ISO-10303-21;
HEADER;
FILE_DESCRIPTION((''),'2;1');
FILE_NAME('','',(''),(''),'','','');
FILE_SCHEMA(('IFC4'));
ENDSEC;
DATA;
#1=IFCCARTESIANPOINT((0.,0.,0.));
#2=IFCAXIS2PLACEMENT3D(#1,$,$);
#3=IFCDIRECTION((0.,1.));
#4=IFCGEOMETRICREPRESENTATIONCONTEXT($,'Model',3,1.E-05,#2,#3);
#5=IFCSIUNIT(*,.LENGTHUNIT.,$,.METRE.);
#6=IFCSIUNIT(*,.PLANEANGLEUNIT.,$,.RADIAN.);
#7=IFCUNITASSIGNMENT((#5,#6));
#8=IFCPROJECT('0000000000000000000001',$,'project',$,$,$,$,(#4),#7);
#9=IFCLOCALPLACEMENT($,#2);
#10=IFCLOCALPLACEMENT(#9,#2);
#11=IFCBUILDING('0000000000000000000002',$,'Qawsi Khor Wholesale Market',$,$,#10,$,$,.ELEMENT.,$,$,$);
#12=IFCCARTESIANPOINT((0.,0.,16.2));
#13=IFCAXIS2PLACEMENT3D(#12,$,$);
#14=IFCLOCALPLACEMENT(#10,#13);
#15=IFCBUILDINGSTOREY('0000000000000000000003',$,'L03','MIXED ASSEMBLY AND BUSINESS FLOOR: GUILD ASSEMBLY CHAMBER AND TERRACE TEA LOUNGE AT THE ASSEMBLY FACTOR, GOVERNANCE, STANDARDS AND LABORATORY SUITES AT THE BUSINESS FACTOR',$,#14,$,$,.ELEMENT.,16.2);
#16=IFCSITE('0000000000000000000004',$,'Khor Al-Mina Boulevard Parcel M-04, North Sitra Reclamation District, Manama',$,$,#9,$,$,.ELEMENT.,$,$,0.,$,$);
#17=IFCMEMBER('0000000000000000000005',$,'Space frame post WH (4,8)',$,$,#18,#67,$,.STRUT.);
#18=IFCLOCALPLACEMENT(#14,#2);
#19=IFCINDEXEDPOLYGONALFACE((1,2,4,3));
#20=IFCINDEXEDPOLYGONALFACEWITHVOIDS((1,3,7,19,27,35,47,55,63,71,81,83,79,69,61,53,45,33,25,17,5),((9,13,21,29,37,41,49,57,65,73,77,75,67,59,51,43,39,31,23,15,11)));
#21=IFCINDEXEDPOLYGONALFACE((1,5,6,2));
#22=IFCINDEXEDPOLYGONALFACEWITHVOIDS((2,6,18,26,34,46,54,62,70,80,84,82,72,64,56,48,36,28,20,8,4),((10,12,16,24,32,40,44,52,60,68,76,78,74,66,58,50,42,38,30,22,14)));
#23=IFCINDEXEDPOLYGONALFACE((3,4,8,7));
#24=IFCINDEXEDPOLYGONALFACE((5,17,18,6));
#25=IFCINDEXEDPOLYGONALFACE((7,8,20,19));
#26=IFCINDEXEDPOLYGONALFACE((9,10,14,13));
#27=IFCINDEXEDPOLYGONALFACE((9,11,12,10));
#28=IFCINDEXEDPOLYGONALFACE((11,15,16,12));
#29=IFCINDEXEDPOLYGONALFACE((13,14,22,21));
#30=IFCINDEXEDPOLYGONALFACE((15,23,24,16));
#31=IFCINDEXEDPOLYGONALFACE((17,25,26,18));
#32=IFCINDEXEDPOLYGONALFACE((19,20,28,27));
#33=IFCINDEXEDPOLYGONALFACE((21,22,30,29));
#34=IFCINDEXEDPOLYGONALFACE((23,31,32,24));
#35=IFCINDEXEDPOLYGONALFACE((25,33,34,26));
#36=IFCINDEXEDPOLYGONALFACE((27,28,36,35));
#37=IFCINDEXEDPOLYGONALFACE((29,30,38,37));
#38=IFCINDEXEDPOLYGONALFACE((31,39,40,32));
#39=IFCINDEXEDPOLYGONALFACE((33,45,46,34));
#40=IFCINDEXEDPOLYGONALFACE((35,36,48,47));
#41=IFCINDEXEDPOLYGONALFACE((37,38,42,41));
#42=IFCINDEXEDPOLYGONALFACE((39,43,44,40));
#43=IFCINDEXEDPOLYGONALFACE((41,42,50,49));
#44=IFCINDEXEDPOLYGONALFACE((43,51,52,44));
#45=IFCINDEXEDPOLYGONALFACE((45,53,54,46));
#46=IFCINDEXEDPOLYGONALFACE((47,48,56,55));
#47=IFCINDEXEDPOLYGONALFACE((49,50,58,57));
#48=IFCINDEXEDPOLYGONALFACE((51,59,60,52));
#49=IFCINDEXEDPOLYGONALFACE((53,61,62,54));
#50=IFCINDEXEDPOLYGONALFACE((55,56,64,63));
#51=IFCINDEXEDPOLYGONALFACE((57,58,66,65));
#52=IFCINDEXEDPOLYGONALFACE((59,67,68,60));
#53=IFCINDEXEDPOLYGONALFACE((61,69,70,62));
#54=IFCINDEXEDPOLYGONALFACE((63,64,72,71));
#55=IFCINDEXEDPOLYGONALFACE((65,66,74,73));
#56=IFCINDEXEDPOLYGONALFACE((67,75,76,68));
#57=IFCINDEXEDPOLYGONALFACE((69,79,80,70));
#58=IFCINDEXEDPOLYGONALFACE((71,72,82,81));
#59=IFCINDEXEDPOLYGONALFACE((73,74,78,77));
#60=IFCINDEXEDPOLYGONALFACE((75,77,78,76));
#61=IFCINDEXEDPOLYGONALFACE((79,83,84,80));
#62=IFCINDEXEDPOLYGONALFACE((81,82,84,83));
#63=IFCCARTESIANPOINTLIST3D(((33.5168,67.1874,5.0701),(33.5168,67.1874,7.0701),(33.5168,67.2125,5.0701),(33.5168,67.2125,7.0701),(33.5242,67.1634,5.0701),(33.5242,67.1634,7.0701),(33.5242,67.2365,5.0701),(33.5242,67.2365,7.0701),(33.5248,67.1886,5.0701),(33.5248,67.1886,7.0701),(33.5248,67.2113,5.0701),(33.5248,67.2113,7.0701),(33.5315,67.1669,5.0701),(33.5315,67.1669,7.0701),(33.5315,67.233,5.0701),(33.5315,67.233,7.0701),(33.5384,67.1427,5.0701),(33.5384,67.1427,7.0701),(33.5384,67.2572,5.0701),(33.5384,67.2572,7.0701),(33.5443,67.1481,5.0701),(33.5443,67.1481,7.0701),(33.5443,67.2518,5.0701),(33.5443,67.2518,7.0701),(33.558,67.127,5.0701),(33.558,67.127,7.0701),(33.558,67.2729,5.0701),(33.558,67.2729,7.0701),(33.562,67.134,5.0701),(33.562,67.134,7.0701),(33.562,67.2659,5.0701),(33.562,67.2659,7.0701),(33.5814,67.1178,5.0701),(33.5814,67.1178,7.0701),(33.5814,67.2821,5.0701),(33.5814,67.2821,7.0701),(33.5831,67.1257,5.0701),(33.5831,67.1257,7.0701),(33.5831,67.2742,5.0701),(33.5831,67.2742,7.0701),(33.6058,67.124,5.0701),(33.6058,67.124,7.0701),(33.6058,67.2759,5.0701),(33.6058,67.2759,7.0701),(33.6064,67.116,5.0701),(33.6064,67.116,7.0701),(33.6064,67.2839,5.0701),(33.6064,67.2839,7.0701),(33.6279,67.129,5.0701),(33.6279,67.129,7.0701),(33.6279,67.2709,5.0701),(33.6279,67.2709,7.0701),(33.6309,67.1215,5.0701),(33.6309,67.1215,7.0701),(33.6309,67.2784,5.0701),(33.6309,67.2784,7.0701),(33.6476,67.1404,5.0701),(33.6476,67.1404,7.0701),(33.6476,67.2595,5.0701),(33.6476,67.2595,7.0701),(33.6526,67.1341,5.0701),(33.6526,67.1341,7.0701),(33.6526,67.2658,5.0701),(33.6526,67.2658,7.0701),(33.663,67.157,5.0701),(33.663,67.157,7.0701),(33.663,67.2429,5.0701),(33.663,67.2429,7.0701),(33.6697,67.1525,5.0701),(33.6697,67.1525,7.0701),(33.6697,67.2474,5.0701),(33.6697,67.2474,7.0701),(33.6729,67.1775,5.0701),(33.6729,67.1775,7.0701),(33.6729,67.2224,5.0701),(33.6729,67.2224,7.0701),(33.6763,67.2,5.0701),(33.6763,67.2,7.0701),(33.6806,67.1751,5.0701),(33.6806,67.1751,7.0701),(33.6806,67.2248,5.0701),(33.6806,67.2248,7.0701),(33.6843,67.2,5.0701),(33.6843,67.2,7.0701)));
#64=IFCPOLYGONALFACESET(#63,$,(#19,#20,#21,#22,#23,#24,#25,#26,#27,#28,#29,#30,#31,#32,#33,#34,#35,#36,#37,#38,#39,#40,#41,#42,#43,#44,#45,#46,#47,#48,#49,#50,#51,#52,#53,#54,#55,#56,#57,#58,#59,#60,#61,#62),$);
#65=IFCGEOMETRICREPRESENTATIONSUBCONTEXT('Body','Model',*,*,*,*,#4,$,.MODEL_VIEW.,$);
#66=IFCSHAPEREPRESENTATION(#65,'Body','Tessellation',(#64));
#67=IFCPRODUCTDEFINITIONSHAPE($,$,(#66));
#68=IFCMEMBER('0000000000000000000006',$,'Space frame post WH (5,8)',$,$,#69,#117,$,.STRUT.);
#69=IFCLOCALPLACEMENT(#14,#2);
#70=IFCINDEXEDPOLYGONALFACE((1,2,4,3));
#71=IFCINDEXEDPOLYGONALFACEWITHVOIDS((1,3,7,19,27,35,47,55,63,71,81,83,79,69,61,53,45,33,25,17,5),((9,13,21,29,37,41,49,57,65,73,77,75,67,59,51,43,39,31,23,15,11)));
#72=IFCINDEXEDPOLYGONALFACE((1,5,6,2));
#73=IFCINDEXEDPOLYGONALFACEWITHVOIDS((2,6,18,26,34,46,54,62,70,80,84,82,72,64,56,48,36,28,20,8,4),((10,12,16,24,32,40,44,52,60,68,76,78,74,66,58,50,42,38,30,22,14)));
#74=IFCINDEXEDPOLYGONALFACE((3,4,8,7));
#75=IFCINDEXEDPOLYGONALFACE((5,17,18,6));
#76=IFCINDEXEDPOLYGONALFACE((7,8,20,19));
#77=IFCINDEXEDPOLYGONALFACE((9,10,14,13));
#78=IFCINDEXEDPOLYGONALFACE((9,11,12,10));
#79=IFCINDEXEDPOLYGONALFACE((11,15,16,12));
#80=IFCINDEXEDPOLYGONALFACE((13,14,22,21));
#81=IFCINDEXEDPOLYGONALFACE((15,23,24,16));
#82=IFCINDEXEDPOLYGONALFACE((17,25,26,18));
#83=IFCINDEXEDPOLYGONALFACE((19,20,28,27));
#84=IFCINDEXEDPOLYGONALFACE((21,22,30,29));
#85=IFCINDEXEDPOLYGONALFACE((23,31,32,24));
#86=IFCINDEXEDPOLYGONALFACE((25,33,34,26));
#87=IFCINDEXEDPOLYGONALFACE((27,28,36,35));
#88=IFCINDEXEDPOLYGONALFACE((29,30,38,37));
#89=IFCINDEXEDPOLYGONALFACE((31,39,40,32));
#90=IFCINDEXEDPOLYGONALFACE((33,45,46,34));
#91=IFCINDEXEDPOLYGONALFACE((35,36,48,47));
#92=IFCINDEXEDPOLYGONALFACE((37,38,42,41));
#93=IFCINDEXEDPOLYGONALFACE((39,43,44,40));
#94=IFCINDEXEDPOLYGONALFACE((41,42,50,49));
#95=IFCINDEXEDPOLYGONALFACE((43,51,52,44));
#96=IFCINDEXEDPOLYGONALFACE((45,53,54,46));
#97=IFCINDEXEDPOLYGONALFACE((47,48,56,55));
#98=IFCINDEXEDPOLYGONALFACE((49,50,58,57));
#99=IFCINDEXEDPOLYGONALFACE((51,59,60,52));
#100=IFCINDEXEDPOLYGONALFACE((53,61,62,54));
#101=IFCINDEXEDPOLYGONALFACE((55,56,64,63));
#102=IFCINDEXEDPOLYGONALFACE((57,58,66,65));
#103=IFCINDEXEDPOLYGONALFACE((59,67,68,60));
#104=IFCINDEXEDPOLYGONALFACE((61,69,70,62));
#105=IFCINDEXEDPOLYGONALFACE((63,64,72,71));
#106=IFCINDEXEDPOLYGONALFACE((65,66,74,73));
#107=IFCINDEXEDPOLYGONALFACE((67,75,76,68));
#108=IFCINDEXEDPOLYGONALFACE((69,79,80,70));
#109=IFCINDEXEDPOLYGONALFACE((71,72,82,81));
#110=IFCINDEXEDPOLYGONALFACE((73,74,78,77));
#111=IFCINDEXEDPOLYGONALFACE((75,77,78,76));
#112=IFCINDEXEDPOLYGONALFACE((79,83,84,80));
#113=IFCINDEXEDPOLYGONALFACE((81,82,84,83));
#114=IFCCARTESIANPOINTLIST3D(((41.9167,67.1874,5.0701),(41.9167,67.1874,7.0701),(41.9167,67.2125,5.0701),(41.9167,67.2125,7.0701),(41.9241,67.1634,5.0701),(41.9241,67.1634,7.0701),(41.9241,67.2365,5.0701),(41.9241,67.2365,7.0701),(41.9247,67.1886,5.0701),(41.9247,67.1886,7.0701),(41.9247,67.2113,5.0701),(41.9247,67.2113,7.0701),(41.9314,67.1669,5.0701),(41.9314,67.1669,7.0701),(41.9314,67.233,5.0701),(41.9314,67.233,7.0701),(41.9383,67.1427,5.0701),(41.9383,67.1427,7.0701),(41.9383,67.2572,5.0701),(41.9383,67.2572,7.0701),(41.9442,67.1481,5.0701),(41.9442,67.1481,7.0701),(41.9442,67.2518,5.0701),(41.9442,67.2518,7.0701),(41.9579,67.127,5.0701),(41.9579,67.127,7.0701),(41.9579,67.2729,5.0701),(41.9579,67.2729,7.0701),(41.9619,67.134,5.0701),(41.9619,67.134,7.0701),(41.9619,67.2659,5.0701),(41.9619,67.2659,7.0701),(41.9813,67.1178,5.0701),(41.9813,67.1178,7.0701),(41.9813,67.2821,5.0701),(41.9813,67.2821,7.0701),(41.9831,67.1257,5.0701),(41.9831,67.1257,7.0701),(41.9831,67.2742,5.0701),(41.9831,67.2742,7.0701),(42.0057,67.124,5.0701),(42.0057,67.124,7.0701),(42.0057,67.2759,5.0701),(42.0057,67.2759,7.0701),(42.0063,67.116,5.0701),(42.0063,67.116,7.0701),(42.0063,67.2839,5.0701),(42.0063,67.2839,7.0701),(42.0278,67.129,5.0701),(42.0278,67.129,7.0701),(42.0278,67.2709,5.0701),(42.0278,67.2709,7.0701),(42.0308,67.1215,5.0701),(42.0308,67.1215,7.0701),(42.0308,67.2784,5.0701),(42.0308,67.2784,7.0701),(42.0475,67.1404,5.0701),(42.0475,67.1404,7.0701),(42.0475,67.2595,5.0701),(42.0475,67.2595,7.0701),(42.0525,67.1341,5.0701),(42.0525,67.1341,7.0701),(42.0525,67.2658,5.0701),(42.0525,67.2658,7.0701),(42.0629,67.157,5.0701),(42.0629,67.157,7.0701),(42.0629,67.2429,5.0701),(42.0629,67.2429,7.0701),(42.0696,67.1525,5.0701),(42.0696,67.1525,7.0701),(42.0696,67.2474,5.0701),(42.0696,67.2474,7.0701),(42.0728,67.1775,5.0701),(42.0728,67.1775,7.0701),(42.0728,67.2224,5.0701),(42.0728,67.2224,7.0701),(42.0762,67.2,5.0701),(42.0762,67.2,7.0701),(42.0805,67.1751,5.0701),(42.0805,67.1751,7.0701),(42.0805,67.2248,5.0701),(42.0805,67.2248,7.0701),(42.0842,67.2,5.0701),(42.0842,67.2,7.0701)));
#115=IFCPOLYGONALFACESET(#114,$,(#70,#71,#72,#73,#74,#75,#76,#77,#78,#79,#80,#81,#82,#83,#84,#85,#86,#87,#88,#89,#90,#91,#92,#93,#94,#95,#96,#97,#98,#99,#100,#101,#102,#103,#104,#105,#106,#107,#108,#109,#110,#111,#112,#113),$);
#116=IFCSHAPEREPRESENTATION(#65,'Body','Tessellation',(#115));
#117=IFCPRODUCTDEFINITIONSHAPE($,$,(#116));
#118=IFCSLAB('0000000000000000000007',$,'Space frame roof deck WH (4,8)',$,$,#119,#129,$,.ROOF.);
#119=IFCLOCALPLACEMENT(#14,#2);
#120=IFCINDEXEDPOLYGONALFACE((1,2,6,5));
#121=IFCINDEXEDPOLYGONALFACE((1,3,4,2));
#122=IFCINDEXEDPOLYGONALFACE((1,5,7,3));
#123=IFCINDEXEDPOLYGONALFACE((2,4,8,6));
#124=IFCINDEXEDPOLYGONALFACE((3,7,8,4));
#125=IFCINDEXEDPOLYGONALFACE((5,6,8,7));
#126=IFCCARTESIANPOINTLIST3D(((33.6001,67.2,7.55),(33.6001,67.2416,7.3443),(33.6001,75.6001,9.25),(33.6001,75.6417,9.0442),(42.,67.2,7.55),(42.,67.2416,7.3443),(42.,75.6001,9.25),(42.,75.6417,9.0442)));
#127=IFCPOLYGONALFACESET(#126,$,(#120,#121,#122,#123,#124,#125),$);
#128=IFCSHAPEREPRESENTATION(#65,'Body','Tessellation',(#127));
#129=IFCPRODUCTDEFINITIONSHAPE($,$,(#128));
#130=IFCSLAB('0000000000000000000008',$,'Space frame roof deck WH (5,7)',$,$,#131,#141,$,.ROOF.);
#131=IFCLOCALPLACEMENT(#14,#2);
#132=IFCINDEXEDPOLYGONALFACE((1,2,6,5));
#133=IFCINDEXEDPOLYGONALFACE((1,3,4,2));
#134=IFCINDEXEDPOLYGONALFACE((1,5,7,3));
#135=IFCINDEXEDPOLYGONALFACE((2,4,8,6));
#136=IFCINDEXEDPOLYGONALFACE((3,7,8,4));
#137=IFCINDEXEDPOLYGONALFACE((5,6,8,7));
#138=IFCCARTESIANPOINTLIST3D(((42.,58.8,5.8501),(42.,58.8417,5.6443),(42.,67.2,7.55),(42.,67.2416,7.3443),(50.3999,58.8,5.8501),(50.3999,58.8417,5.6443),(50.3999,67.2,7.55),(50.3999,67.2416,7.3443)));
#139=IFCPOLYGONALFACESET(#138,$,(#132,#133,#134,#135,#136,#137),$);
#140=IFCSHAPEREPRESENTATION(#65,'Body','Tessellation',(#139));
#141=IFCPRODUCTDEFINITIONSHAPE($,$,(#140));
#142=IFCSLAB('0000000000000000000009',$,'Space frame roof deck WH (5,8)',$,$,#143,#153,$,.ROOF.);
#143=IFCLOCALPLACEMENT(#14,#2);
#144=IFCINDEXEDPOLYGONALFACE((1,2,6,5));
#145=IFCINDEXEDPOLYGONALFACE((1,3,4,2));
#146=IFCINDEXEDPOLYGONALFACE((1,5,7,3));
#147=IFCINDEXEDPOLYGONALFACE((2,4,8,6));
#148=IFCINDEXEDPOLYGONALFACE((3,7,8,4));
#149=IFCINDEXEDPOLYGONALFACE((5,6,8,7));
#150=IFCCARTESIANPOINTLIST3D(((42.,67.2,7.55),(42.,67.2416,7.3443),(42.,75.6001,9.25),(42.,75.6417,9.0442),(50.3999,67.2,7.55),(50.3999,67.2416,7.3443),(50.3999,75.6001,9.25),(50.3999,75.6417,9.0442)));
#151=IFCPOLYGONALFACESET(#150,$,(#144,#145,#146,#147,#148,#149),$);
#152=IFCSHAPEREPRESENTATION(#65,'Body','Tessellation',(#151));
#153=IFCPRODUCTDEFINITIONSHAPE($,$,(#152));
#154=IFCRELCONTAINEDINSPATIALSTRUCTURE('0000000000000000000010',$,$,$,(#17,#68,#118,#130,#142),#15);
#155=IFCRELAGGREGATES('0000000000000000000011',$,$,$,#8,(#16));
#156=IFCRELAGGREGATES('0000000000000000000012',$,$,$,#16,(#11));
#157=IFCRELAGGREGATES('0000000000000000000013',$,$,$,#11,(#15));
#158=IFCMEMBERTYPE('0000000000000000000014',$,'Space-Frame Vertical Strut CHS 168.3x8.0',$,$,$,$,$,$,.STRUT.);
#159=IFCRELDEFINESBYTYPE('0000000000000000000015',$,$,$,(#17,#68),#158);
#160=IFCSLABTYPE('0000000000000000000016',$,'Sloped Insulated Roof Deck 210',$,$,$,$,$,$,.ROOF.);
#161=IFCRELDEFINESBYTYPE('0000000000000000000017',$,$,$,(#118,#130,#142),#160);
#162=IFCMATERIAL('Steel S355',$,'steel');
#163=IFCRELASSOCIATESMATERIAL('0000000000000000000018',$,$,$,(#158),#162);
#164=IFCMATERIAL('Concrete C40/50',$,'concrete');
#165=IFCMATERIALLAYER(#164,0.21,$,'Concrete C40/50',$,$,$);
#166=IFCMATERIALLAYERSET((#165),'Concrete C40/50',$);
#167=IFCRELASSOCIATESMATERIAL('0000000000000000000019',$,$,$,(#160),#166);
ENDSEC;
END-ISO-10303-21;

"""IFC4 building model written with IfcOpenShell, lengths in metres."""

from ifc_helpers import new_model, si_unit, direction, frame, origin, origin_2d, place, context, subcontext, project, spatial, polyline, hollow_circle, outline, extrude, material, layer, layer_set, material_profile, profile_set, type_object, element, save


model = new_model("IFC4")

# Units and contexts
model_context = context("Model", 3, precision=1e-05, world=origin(), true_north=direction((0.0, 1.0)))
body_context = subcontext(model_context, "Body", "Model", "MODEL_VIEW")
ifc_project = project(units=[si_unit("LENGTHUNIT", "METRE"), si_unit("PLANEANGLEUNIT", "RADIAN")], contexts=[model_context])

# Site, building, storey
site_placement = place(None, origin())
site = spatial("IfcSite", under=ifc_project, at=site_placement, Name="Khor Al-Mina Boulevard Parcel M-04, North Sitra Reclamation District, Manama", CompositionType="ELEMENT", RefElevation=0.0)
building_placement = place(site_placement, origin())
building = spatial("IfcBuilding", under=site, at=building_placement, Name="Qawsi Khor Wholesale Market", CompositionType="ELEMENT")
storey_placement = place(building_placement, frame((0.0, 0.0, 16.2)))
storey = spatial("IfcBuildingStorey", under=building, at=storey_placement, Name="L03", Description="MIXED ASSEMBLY AND BUSINESS FLOOR: GUILD ASSEMBLY CHAMBER AND TERRACE TEA LOUNGE AT THE ASSEMBLY FACTOR, GOVERNANCE, STANDARDS AND LABORATORY SUITES AT THE BUSINESS FACTOR", CompositionType="ELEMENT", Elevation=16.2)

# Members
ifc_material_1 = material(Name="Steel S355", Category="steel")
ifc_material_profile_1 = material_profile(ifc_material_1, hollow_circle(Radius=0.0842, WallThickness=0.0081, at=origin_2d()), Name="CHS 168.3x8.0")
ifc_profile_set_1 = profile_set([ifc_material_profile_1], Name="Steel S355")
member_type_1 = type_object("IfcMemberType", Name="Space-Frame Vertical Strut CHS 168.3x8.0", PredefinedType="STRUT", material=ifc_profile_set_1)
for number, where, z_axis, x_axis, name in (
    (1, (33.6001, 67.2, 5.0701), (0.0, 0.0, 1.0), (1.0, 0.0, 0.0), "Space frame post WH (4,8)"),
    (2, (42.0, 67.2, 5.0701), (0.0, 0.0, 1.0), (1.0, 0.0, 0.0), "Space frame post WH (5,8)"),
):
    element("IfcMember", number, at=place(storey_placement, frame(where, z_axis=z_axis, x_axis=x_axis)), inside=storey, type_object=member_type_1, Name=name, PredefinedType="STRUT", context=body_context, shape_type="SweptSolid", body=[
        extrude(hollow_circle(Radius=0.0842, WallThickness=0.0081, at=origin_2d()), origin(), (0.0, 0.0, 1.0), 2.0),
    ])

# Slabs
ifc_material_2 = material(Name="Concrete C40/50", Category="concrete")
ifc_layer = layer(ifc_material_2, 0.21, Name="Concrete C40/50")
ifc_layer_set = layer_set([ifc_layer], Name="Concrete C40/50")
slab_type = type_object("IfcSlabType", Name="Sloped Insulated Roof Deck 210", PredefinedType="ROOF", material=ifc_layer_set)
slab_1_placement = place(storey_placement, frame((33.6001, 67.2, 7.55), z_axis=(0.0, -0.198351, 0.980131), x_axis=(1.0, 0.0, 0.0)))
element("IfcSlab", 3, at=slab_1_placement, inside=storey, type_object=slab_type, Name="Space frame roof deck WH (4,8)", PredefinedType="ROOF", context=body_context, shape_type="SweptSolid", body=[
    extrude(outline(polyline([(0.0, 0.0), (8.3999, 0.0), (8.3999, 8.5704), (0.0, 8.5704), (0.0, 0.0)])), origin(), (0.0, 0.0, -1.0), 0.21),
])
slab_2_placement = place(storey_placement, frame((42.0, 58.8, 5.8501), z_axis=(0.0, -0.198356, 0.98013), x_axis=(1.0, 0.0, 0.0)))
element("IfcSlab", 4, at=slab_2_placement, inside=storey, type_object=slab_type, Name="Space frame roof deck WH (5,7)", PredefinedType="ROOF", context=body_context, shape_type="SweptSolid", body=[
    extrude(outline(polyline([(0.0, 0.0), (8.3999, 0.0), (8.3999, 8.5702), (0.0, 8.5702), (0.0, 0.0)])), origin(), (0.0, 0.0, -1.0), 0.21),
])
slab_3_placement = place(storey_placement, frame((42.0, 67.2, 7.55), z_axis=(0.0, -0.198351, 0.980131), x_axis=(1.0, 0.0, 0.0)))
element("IfcSlab", 5, at=slab_3_placement, inside=storey, type_object=slab_type, Name="Space frame roof deck WH (5,8)", PredefinedType="ROOF", context=body_context, shape_type="SweptSolid", body=[
    extrude(outline(polyline([(0.0, 0.0), (8.3999, 0.0), (8.3999, 8.5704), (0.0, 8.5704), (0.0, 0.0)])), origin(), (0.0, 0.0, -1.0), 0.21),
])

save(model, "model.ifc")
